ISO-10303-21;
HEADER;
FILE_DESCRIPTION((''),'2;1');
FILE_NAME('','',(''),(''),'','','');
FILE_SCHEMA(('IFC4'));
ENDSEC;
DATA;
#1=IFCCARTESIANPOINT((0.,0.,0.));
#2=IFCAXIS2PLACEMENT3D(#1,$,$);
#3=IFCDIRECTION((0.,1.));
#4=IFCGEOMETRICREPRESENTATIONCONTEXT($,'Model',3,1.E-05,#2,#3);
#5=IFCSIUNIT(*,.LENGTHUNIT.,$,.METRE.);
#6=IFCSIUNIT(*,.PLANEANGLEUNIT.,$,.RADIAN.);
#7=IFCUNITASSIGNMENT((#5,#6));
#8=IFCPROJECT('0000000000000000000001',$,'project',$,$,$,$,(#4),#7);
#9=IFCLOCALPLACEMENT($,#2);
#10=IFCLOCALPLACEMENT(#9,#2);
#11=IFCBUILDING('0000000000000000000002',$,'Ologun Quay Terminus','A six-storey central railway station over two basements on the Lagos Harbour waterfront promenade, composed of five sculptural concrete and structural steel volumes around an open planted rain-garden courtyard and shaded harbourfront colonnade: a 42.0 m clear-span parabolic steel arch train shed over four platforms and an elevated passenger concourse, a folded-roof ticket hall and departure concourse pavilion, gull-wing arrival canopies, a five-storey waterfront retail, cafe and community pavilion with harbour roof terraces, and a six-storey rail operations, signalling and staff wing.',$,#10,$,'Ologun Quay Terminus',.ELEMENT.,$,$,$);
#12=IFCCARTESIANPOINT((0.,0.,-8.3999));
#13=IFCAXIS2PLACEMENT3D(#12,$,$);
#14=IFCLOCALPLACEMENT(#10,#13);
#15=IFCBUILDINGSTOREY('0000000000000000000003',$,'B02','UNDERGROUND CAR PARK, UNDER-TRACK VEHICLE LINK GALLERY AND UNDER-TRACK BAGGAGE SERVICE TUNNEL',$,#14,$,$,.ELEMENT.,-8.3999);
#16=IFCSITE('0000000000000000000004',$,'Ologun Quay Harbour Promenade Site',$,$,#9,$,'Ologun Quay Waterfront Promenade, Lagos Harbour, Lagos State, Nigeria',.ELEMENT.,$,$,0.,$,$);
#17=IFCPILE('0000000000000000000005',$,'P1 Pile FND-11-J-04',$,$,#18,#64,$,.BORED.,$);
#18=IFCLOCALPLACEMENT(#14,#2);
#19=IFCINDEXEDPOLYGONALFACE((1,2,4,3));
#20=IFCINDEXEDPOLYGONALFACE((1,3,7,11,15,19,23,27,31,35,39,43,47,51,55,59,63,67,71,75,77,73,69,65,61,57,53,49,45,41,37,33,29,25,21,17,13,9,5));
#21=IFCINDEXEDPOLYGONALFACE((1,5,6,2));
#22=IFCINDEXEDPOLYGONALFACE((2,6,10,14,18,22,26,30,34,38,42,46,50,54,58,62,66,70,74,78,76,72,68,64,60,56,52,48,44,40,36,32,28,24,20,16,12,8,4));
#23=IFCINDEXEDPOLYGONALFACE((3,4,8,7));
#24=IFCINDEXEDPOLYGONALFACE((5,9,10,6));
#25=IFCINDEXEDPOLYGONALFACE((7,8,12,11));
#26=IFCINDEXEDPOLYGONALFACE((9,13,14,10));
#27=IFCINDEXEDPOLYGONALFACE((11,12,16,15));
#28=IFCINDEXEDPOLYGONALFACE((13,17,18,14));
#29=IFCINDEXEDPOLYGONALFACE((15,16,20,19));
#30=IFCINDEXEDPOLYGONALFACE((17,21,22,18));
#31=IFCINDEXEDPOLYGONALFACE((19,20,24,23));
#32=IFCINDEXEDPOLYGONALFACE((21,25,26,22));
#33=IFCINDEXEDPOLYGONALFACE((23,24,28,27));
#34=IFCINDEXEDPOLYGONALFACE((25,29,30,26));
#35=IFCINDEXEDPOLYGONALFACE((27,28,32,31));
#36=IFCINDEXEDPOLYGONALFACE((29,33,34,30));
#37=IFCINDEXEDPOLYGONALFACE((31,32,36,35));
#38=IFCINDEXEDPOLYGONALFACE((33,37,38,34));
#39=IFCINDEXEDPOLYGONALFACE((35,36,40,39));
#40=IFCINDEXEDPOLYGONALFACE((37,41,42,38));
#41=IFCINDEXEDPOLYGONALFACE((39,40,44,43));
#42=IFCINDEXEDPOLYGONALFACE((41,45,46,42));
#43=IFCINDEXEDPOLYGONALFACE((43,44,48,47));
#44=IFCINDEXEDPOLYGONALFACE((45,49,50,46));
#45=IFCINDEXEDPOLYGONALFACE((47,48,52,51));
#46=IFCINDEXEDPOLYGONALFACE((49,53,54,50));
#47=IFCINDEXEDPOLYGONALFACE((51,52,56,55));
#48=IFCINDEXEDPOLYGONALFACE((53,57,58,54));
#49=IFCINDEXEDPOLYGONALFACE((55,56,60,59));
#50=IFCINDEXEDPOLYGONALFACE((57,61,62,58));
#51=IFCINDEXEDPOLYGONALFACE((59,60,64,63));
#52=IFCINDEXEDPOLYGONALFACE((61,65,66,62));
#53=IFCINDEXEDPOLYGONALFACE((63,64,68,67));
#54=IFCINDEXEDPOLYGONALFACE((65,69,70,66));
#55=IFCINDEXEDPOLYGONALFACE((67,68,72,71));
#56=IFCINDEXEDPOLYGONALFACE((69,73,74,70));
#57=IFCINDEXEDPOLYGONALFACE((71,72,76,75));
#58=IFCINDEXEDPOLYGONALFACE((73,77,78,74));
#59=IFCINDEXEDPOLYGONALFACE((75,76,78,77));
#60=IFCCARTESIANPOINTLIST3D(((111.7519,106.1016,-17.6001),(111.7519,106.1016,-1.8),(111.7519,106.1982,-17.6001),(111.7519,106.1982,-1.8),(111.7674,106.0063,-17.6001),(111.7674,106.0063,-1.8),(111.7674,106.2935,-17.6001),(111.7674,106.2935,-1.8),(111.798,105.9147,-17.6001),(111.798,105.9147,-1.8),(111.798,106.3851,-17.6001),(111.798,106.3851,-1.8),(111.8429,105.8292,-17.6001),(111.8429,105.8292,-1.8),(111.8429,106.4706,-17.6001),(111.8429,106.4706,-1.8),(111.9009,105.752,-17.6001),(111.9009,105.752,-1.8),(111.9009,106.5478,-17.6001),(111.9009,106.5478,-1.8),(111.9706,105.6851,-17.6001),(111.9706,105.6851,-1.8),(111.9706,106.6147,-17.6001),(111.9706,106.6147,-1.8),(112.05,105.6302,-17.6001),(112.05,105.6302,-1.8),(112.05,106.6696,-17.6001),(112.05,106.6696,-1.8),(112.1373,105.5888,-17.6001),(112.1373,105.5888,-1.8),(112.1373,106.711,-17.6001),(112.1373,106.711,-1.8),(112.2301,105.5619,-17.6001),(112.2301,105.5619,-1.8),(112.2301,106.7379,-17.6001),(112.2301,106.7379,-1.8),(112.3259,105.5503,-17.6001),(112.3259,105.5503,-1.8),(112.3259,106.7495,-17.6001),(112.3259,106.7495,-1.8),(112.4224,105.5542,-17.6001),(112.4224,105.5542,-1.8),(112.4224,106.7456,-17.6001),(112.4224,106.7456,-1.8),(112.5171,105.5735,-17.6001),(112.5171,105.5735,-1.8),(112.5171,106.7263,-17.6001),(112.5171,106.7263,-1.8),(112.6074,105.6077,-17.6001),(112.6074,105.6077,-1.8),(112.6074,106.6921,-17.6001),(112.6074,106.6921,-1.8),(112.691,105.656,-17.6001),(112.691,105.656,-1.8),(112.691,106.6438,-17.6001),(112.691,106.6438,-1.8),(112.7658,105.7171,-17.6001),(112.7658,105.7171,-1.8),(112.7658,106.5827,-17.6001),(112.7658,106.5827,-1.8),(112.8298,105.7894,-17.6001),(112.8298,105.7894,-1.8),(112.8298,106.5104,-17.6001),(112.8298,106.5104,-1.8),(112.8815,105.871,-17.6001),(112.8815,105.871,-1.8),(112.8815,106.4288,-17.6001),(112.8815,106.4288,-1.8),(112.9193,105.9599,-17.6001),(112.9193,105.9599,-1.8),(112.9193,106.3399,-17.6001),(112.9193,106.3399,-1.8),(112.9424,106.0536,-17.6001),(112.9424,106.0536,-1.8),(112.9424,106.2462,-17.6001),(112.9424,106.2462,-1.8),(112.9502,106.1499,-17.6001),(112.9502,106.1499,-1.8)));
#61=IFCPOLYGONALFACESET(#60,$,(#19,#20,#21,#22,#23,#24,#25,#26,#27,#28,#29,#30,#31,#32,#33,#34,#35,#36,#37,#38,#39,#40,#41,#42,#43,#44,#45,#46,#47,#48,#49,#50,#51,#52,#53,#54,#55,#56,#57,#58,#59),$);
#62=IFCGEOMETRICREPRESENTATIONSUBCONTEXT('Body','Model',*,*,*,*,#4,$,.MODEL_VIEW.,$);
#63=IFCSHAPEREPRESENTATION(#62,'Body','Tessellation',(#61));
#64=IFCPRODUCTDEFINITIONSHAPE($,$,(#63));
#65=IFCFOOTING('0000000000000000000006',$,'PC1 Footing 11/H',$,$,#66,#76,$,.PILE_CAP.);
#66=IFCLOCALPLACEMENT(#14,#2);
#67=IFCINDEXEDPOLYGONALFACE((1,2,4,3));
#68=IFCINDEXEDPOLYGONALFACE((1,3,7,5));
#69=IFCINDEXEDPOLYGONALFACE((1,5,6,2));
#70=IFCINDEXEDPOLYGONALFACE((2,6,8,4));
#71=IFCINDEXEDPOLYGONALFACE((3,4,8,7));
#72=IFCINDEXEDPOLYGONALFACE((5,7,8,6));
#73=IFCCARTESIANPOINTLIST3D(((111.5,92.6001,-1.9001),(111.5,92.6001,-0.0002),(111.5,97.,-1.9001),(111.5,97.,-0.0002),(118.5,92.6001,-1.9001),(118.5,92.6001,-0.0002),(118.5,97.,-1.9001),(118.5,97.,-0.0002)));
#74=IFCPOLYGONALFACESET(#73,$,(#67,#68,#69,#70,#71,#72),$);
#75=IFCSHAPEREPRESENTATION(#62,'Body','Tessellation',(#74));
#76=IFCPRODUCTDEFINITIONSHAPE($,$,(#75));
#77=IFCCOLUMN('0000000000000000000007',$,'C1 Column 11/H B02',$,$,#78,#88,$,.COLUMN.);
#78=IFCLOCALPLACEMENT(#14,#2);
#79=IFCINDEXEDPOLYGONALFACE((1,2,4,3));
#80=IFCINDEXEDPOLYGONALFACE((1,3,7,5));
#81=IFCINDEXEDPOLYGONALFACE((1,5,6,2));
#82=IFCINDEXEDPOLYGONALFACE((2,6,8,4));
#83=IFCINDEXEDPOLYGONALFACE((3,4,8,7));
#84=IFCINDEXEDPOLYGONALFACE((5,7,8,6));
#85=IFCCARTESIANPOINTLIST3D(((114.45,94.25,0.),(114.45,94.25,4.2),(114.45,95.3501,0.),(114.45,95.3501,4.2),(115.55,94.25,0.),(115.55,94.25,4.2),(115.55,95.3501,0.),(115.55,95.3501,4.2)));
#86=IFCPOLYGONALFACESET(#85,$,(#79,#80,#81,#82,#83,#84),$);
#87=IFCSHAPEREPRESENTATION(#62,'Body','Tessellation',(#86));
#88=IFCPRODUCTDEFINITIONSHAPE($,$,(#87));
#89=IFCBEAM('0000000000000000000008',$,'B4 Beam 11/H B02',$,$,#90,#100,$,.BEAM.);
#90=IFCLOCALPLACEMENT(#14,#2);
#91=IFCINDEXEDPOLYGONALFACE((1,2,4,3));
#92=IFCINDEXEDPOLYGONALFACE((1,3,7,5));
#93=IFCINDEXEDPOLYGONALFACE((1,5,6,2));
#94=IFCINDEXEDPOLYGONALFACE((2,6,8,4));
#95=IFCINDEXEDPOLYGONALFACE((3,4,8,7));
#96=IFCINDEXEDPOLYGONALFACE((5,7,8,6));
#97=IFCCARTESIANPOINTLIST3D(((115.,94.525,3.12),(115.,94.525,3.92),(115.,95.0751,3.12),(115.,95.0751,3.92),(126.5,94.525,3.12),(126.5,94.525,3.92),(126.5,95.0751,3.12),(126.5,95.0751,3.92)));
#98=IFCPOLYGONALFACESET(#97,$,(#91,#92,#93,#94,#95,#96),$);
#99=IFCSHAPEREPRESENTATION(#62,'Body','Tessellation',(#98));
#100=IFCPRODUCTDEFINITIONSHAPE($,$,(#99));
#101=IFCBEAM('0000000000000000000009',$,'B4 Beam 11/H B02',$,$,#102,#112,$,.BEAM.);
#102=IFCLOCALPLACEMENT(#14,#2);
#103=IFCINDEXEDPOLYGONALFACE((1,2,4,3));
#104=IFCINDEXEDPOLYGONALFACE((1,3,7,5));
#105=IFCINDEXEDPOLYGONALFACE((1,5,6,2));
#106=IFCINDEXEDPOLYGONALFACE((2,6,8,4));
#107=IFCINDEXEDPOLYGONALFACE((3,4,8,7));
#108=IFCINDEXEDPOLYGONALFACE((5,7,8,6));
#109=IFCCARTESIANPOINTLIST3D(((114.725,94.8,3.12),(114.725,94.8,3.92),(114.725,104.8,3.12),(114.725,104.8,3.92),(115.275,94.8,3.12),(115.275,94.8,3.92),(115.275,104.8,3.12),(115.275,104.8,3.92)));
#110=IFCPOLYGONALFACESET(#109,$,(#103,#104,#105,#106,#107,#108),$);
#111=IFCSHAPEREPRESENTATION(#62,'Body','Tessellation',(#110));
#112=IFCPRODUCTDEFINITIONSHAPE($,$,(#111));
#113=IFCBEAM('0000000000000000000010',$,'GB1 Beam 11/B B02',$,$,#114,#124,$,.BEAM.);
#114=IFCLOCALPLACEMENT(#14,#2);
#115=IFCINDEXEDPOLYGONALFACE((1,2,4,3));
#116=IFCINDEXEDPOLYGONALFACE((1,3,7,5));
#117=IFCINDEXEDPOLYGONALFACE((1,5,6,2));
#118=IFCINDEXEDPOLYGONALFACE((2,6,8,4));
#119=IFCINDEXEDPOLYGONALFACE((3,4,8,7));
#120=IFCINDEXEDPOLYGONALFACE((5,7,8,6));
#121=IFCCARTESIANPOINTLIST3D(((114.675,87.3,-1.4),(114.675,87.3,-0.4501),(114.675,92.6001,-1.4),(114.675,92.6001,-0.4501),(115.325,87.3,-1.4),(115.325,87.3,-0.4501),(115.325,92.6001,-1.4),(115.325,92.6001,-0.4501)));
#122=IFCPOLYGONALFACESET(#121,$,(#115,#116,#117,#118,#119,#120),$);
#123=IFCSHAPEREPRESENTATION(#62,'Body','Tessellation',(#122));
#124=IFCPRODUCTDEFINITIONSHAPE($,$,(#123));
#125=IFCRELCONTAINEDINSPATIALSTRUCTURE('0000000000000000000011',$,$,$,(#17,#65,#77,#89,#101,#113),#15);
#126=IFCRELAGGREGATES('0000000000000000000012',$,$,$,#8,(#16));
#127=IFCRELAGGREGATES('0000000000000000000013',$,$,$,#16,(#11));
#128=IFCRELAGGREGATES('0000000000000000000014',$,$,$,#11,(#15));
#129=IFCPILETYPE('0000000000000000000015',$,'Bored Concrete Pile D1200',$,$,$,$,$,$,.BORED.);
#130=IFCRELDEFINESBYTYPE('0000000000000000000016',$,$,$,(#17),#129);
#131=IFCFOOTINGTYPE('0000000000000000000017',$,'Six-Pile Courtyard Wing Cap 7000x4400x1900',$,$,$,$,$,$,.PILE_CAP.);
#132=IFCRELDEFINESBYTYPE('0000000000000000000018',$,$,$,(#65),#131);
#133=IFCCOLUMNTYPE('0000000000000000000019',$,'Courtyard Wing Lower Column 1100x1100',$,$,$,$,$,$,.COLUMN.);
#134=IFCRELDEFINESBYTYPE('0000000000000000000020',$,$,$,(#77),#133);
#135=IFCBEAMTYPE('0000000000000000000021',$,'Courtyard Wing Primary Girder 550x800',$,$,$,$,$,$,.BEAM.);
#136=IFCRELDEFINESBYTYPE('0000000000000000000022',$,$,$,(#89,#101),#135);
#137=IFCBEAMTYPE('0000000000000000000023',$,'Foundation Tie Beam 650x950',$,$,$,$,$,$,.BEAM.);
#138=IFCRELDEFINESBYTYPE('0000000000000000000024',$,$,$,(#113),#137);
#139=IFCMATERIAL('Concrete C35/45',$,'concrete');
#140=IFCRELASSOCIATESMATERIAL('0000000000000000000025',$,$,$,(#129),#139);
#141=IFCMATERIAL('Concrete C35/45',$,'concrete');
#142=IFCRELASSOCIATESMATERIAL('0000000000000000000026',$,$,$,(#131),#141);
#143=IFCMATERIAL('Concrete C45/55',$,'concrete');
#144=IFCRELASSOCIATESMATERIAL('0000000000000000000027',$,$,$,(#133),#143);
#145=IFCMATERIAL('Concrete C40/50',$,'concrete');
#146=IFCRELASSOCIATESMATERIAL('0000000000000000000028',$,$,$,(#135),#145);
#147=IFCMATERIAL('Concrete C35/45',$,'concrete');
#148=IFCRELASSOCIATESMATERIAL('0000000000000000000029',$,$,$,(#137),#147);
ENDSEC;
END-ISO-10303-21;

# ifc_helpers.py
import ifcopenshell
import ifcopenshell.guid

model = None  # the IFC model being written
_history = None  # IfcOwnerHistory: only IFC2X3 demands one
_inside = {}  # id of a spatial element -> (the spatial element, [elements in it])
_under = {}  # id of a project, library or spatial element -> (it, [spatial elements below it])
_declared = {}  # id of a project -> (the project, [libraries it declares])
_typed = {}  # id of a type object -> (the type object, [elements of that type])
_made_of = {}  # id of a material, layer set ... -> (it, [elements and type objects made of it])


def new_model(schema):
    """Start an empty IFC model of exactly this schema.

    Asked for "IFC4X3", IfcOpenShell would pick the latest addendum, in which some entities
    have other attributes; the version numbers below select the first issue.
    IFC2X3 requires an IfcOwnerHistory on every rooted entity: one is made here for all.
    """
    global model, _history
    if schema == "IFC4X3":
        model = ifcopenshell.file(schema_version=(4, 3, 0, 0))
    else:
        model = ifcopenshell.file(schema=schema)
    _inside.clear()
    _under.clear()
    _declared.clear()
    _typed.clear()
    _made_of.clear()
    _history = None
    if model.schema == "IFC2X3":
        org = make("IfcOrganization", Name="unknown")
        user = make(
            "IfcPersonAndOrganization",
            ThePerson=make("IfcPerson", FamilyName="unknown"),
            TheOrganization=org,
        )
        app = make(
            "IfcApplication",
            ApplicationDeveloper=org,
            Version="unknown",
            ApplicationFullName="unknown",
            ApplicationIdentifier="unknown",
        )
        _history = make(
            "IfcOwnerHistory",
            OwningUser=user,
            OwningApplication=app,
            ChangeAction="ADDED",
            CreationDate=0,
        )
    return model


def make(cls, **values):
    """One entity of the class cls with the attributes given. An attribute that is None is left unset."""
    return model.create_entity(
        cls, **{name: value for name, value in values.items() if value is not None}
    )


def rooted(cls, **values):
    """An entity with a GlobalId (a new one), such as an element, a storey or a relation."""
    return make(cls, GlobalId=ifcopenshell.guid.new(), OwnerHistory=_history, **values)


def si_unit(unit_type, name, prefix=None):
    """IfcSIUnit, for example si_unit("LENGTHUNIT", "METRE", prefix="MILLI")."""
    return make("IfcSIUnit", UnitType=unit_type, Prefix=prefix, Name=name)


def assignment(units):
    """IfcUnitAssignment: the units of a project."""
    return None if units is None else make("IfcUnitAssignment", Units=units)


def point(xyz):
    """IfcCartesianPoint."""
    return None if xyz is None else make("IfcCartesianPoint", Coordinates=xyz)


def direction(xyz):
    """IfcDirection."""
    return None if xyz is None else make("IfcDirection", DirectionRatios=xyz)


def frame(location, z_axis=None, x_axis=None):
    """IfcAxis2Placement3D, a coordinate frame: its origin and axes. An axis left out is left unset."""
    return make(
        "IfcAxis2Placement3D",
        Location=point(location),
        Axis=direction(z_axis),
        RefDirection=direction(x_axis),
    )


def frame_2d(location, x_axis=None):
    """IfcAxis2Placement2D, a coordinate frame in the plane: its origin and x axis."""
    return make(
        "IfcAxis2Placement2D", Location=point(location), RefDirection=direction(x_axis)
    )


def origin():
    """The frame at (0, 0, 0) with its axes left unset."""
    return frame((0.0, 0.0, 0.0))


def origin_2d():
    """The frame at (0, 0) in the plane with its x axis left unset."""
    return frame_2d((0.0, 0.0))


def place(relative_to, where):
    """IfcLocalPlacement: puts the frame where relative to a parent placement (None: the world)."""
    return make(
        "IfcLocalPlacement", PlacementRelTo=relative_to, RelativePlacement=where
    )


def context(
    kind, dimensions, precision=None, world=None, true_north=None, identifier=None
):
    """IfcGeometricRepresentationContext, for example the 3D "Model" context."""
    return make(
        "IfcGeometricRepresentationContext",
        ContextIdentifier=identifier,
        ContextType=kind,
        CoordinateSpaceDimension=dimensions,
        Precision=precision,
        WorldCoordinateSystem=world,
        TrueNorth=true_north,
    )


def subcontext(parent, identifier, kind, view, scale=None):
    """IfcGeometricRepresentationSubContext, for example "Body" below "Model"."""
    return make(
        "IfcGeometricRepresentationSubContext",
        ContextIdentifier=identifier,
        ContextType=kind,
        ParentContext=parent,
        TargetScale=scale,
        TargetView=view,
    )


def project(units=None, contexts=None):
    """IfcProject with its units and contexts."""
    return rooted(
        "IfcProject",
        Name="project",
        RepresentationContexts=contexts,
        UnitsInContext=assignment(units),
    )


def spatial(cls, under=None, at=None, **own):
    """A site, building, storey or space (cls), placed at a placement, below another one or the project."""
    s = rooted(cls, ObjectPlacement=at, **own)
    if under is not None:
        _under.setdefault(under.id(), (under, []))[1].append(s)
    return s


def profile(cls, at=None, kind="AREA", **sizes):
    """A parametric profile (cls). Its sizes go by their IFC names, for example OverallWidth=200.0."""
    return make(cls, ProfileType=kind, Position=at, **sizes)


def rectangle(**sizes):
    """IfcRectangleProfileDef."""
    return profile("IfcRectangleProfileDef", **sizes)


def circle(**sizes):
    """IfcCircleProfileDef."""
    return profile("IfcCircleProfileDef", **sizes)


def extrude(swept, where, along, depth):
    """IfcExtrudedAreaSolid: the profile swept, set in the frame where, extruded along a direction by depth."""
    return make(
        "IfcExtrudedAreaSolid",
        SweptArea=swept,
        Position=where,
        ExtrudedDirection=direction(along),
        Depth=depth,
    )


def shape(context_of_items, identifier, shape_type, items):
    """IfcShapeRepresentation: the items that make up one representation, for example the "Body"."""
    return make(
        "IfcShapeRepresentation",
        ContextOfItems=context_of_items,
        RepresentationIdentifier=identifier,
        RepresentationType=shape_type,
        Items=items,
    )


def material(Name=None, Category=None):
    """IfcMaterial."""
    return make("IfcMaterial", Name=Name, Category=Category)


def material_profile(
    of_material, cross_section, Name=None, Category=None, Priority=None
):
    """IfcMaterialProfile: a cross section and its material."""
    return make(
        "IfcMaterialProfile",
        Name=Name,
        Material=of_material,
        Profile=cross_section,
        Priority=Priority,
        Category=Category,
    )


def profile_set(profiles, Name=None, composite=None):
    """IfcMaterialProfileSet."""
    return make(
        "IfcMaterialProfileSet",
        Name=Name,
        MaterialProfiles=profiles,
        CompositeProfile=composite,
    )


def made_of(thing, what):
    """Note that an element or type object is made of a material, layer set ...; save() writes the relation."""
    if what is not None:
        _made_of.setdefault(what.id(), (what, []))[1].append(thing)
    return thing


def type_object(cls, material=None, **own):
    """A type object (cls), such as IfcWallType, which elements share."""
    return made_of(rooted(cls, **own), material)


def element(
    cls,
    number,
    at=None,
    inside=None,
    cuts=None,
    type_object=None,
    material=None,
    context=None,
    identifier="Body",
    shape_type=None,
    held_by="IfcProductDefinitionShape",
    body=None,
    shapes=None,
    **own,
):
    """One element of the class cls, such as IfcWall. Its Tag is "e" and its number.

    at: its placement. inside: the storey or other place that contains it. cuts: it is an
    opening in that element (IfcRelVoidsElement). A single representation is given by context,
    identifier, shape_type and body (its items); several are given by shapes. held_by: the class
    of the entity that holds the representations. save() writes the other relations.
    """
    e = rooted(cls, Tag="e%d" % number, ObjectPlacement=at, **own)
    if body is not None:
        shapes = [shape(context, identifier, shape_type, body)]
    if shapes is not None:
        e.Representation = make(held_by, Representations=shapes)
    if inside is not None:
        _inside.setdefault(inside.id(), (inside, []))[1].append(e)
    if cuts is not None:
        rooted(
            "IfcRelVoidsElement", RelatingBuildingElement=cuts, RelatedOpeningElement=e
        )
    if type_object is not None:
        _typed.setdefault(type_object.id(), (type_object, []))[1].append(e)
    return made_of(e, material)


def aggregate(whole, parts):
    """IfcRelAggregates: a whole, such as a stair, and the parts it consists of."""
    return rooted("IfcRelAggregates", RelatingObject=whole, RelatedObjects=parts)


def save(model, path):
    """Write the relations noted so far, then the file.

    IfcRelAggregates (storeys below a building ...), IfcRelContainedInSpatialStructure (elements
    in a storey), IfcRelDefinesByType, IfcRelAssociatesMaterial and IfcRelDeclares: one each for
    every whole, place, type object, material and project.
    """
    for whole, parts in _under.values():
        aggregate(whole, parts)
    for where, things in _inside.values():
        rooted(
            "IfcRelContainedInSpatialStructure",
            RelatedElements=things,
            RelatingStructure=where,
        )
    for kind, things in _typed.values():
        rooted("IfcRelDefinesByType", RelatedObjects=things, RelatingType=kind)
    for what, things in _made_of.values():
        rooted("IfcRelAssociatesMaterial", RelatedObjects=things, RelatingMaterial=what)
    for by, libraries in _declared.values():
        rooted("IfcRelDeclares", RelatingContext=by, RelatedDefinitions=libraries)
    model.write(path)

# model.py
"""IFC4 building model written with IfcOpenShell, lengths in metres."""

from ifc_helpers import new_model, si_unit, direction, frame, origin, origin_2d, place, context, subcontext, project, spatial, rectangle, circle, extrude, material, material_profile, profile_set, type_object, element, save


model = new_model("IFC4")

# Units and contexts
model_context = context("Model", 3, precision=1e-05, world=origin(), true_north=direction((0.0, 1.0)))
body_context = subcontext(model_context, "Body", "Model", "MODEL_VIEW")
ifc_project = project(units=[si_unit("LENGTHUNIT", "METRE"), si_unit("PLANEANGLEUNIT", "RADIAN")], contexts=[model_context])

# Site, building, storey
site_placement = place(None, origin())
site = spatial("IfcSite", under=ifc_project, at=site_placement, Name="Ologun Quay Harbour Promenade Site", LongName="Ologun Quay Waterfront Promenade, Lagos Harbour, Lagos State, Nigeria", CompositionType="ELEMENT", RefElevation=0.0)
building_placement = place(site_placement, origin())
building = spatial("IfcBuilding", under=site, at=building_placement, Name="Ologun Quay Terminus", Description="A six-storey central railway station over two basements on the Lagos Harbour waterfront promenade, composed of five sculptural concrete and structural steel volumes around an open planted rain-garden courtyard and shaded harbourfront colonnade: a 42.0 m clear-span parabolic steel arch train shed over four platforms and an elevated passenger concourse, a folded-roof ticket hall and departure concourse pavilion, gull-wing arrival canopies, a five-storey waterfront retail, cafe and community pavilion with harbour roof terraces, and a six-storey rail operations, signalling and staff wing.", LongName="Ologun Quay Terminus", CompositionType="ELEMENT")
storey_placement = place(building_placement, frame((0.0, 0.0, -8.3999)))
storey = spatial("IfcBuildingStorey", under=building, at=storey_placement, Name="B02", Description="UNDERGROUND CAR PARK, UNDER-TRACK VEHICLE LINK GALLERY AND UNDER-TRACK BAGGAGE SERVICE TUNNEL", CompositionType="ELEMENT", Elevation=-8.3999)

# Pile
ifc_material_1 = material(Name="Concrete C35/45", Category="concrete")
ifc_material_profile_1 = material_profile(ifc_material_1, circle(Radius=0.6001, at=origin_2d()), Name="PILE D1200")
ifc_profile_set_1 = profile_set([ifc_material_profile_1], Name="Concrete C35/45")
pile_type = type_object("IfcPileType", Name="Bored Concrete Pile D1200", PredefinedType="BORED", material=ifc_profile_set_1)
for number, where, z_axis, x_axis, name in (
    (1, (112.3501, 106.1499, -1.8), (0.0, 0.0, -1.0), (1.0, 0.0, 0.0), "P1 Pile FND-11-J-04"),
):
    element("IfcPile", number, at=place(storey_placement, frame(where, z_axis=z_axis, x_axis=x_axis)), inside=storey, type_object=pile_type, Name=name, PredefinedType="BORED", context=body_context, shape_type="SweptSolid", body=[
        extrude(circle(Radius=0.6001, at=origin_2d()), origin(), (0.0, 0.0, 1.0), 15.8),
    ])

# Footing
ifc_material_2 = material(Name="Concrete C35/45", Category="concrete")
footing_type = type_object("IfcFootingType", Name="Six-Pile Courtyard Wing Cap 7000x4400x1900", PredefinedType="PILE_CAP", material=ifc_material_2)
footing_placement = place(storey_placement, frame((115.0, 94.8, -1.9001), z_axis=(0.0, 0.0, 1.0), x_axis=(1.0, 0.0, 0.0)))
element("IfcFooting", 2, at=footing_placement, inside=storey, type_object=footing_type, Name="PC1 Footing 11/H", PredefinedType="PILE_CAP", context=body_context, shape_type="SweptSolid", body=[
    extrude(rectangle(XDim=7.0, YDim=4.3999, at=origin_2d()), origin(), (0.0, 0.0, 1.0), 1.8999),
])

# Column
ifc_material_3 = material(Name="Concrete C45/55", Category="concrete")
ifc_material_profile_2 = material_profile(ifc_material_3, rectangle(XDim=1.1001, YDim=1.1001, at=origin_2d()), Name="RC 1100x1100")
ifc_profile_set_2 = profile_set([ifc_material_profile_2], Name="Concrete C45/55")
column_type = type_object("IfcColumnType", Name="Courtyard Wing Lower Column 1100x1100", PredefinedType="COLUMN", material=ifc_profile_set_2)
column_placement = place(storey_placement, frame((115.0, 94.8, 0.0), z_axis=(0.0, 0.0, 1.0), x_axis=(1.0, 0.0, 0.0)))
element("IfcColumn", 3, at=column_placement, inside=storey, type_object=column_type, Name="C1 Column 11/H B02", PredefinedType="COLUMN", context=body_context, shape_type="SweptSolid", body=[
    extrude(rectangle(XDim=1.1001, YDim=1.1001, at=origin_2d()), origin(), (0.0, 0.0, 1.0), 4.2),
])

# Beams
ifc_material_4 = material(Name="Concrete C40/50", Category="concrete")
ifc_material_profile_3 = material_profile(ifc_material_4, rectangle(XDim=0.55, YDim=0.8, at=origin_2d()), Name="RC 550x800")
ifc_profile_set_3 = profile_set([ifc_material_profile_3], Name="Concrete C40/50")
beam_type_1 = type_object("IfcBeamType", Name="Courtyard Wing Primary Girder 550x800", PredefinedType="BEAM", material=ifc_profile_set_3)
beam_1_placement = place(storey_placement, frame((115.0, 94.8, 3.52), z_axis=(1.0, 0.0, 0.0), x_axis=(0.0, 1.0, 0.0)))
element("IfcBeam", 4, at=beam_1_placement, inside=storey, type_object=beam_type_1, Name="B4 Beam 11/H B02", PredefinedType="BEAM", context=body_context, shape_type="SweptSolid", body=[
    extrude(rectangle(XDim=0.55, YDim=0.8, at=origin_2d()), origin(), (0.0, 0.0, 1.0), 11.5),
])
beam_2_placement = place(storey_placement, frame((115.0, 94.8, 3.52), z_axis=(0.0, 1.0, 0.0), x_axis=(-1.0, 0.0, 0.0)))
element("IfcBeam", 5, at=beam_2_placement, inside=storey, type_object=beam_type_1, Name="B4 Beam 11/H B02", PredefinedType="BEAM", context=body_context, shape_type="SweptSolid", body=[
    extrude(rectangle(XDim=0.55, YDim=0.8, at=origin_2d()), origin(), (0.0, 0.0, 1.0), 10.0),
])
ifc_material_5 = material(Name="Concrete C35/45", Category="concrete")
ifc_material_profile_4 = material_profile(ifc_material_5, rectangle(XDim=0.6499, YDim=0.95, at=origin_2d()), Name="RC 650x950")
ifc_profile_set_4 = profile_set([ifc_material_profile_4], Name="Concrete C35/45")
beam_type_2 = type_object("IfcBeamType", Name="Foundation Tie Beam 650x950", PredefinedType="BEAM", material=ifc_profile_set_4)
beam_3_placement = place(storey_placement, frame((115.0, 87.3, -0.925), z_axis=(0.0, 1.0, 0.0), x_axis=(-1.0, 0.0, 0.0)))
element("IfcBeam", 6, at=beam_3_placement, inside=storey, type_object=beam_type_2, Name="GB1 Beam 11/B B02", PredefinedType="BEAM", context=body_context, shape_type="SweptSolid", body=[
    extrude(rectangle(XDim=0.6499, YDim=0.95, at=origin_2d()), origin(), (0.0, 0.0, 1.0), 5.3),
])

save(model, "model.ifc")
